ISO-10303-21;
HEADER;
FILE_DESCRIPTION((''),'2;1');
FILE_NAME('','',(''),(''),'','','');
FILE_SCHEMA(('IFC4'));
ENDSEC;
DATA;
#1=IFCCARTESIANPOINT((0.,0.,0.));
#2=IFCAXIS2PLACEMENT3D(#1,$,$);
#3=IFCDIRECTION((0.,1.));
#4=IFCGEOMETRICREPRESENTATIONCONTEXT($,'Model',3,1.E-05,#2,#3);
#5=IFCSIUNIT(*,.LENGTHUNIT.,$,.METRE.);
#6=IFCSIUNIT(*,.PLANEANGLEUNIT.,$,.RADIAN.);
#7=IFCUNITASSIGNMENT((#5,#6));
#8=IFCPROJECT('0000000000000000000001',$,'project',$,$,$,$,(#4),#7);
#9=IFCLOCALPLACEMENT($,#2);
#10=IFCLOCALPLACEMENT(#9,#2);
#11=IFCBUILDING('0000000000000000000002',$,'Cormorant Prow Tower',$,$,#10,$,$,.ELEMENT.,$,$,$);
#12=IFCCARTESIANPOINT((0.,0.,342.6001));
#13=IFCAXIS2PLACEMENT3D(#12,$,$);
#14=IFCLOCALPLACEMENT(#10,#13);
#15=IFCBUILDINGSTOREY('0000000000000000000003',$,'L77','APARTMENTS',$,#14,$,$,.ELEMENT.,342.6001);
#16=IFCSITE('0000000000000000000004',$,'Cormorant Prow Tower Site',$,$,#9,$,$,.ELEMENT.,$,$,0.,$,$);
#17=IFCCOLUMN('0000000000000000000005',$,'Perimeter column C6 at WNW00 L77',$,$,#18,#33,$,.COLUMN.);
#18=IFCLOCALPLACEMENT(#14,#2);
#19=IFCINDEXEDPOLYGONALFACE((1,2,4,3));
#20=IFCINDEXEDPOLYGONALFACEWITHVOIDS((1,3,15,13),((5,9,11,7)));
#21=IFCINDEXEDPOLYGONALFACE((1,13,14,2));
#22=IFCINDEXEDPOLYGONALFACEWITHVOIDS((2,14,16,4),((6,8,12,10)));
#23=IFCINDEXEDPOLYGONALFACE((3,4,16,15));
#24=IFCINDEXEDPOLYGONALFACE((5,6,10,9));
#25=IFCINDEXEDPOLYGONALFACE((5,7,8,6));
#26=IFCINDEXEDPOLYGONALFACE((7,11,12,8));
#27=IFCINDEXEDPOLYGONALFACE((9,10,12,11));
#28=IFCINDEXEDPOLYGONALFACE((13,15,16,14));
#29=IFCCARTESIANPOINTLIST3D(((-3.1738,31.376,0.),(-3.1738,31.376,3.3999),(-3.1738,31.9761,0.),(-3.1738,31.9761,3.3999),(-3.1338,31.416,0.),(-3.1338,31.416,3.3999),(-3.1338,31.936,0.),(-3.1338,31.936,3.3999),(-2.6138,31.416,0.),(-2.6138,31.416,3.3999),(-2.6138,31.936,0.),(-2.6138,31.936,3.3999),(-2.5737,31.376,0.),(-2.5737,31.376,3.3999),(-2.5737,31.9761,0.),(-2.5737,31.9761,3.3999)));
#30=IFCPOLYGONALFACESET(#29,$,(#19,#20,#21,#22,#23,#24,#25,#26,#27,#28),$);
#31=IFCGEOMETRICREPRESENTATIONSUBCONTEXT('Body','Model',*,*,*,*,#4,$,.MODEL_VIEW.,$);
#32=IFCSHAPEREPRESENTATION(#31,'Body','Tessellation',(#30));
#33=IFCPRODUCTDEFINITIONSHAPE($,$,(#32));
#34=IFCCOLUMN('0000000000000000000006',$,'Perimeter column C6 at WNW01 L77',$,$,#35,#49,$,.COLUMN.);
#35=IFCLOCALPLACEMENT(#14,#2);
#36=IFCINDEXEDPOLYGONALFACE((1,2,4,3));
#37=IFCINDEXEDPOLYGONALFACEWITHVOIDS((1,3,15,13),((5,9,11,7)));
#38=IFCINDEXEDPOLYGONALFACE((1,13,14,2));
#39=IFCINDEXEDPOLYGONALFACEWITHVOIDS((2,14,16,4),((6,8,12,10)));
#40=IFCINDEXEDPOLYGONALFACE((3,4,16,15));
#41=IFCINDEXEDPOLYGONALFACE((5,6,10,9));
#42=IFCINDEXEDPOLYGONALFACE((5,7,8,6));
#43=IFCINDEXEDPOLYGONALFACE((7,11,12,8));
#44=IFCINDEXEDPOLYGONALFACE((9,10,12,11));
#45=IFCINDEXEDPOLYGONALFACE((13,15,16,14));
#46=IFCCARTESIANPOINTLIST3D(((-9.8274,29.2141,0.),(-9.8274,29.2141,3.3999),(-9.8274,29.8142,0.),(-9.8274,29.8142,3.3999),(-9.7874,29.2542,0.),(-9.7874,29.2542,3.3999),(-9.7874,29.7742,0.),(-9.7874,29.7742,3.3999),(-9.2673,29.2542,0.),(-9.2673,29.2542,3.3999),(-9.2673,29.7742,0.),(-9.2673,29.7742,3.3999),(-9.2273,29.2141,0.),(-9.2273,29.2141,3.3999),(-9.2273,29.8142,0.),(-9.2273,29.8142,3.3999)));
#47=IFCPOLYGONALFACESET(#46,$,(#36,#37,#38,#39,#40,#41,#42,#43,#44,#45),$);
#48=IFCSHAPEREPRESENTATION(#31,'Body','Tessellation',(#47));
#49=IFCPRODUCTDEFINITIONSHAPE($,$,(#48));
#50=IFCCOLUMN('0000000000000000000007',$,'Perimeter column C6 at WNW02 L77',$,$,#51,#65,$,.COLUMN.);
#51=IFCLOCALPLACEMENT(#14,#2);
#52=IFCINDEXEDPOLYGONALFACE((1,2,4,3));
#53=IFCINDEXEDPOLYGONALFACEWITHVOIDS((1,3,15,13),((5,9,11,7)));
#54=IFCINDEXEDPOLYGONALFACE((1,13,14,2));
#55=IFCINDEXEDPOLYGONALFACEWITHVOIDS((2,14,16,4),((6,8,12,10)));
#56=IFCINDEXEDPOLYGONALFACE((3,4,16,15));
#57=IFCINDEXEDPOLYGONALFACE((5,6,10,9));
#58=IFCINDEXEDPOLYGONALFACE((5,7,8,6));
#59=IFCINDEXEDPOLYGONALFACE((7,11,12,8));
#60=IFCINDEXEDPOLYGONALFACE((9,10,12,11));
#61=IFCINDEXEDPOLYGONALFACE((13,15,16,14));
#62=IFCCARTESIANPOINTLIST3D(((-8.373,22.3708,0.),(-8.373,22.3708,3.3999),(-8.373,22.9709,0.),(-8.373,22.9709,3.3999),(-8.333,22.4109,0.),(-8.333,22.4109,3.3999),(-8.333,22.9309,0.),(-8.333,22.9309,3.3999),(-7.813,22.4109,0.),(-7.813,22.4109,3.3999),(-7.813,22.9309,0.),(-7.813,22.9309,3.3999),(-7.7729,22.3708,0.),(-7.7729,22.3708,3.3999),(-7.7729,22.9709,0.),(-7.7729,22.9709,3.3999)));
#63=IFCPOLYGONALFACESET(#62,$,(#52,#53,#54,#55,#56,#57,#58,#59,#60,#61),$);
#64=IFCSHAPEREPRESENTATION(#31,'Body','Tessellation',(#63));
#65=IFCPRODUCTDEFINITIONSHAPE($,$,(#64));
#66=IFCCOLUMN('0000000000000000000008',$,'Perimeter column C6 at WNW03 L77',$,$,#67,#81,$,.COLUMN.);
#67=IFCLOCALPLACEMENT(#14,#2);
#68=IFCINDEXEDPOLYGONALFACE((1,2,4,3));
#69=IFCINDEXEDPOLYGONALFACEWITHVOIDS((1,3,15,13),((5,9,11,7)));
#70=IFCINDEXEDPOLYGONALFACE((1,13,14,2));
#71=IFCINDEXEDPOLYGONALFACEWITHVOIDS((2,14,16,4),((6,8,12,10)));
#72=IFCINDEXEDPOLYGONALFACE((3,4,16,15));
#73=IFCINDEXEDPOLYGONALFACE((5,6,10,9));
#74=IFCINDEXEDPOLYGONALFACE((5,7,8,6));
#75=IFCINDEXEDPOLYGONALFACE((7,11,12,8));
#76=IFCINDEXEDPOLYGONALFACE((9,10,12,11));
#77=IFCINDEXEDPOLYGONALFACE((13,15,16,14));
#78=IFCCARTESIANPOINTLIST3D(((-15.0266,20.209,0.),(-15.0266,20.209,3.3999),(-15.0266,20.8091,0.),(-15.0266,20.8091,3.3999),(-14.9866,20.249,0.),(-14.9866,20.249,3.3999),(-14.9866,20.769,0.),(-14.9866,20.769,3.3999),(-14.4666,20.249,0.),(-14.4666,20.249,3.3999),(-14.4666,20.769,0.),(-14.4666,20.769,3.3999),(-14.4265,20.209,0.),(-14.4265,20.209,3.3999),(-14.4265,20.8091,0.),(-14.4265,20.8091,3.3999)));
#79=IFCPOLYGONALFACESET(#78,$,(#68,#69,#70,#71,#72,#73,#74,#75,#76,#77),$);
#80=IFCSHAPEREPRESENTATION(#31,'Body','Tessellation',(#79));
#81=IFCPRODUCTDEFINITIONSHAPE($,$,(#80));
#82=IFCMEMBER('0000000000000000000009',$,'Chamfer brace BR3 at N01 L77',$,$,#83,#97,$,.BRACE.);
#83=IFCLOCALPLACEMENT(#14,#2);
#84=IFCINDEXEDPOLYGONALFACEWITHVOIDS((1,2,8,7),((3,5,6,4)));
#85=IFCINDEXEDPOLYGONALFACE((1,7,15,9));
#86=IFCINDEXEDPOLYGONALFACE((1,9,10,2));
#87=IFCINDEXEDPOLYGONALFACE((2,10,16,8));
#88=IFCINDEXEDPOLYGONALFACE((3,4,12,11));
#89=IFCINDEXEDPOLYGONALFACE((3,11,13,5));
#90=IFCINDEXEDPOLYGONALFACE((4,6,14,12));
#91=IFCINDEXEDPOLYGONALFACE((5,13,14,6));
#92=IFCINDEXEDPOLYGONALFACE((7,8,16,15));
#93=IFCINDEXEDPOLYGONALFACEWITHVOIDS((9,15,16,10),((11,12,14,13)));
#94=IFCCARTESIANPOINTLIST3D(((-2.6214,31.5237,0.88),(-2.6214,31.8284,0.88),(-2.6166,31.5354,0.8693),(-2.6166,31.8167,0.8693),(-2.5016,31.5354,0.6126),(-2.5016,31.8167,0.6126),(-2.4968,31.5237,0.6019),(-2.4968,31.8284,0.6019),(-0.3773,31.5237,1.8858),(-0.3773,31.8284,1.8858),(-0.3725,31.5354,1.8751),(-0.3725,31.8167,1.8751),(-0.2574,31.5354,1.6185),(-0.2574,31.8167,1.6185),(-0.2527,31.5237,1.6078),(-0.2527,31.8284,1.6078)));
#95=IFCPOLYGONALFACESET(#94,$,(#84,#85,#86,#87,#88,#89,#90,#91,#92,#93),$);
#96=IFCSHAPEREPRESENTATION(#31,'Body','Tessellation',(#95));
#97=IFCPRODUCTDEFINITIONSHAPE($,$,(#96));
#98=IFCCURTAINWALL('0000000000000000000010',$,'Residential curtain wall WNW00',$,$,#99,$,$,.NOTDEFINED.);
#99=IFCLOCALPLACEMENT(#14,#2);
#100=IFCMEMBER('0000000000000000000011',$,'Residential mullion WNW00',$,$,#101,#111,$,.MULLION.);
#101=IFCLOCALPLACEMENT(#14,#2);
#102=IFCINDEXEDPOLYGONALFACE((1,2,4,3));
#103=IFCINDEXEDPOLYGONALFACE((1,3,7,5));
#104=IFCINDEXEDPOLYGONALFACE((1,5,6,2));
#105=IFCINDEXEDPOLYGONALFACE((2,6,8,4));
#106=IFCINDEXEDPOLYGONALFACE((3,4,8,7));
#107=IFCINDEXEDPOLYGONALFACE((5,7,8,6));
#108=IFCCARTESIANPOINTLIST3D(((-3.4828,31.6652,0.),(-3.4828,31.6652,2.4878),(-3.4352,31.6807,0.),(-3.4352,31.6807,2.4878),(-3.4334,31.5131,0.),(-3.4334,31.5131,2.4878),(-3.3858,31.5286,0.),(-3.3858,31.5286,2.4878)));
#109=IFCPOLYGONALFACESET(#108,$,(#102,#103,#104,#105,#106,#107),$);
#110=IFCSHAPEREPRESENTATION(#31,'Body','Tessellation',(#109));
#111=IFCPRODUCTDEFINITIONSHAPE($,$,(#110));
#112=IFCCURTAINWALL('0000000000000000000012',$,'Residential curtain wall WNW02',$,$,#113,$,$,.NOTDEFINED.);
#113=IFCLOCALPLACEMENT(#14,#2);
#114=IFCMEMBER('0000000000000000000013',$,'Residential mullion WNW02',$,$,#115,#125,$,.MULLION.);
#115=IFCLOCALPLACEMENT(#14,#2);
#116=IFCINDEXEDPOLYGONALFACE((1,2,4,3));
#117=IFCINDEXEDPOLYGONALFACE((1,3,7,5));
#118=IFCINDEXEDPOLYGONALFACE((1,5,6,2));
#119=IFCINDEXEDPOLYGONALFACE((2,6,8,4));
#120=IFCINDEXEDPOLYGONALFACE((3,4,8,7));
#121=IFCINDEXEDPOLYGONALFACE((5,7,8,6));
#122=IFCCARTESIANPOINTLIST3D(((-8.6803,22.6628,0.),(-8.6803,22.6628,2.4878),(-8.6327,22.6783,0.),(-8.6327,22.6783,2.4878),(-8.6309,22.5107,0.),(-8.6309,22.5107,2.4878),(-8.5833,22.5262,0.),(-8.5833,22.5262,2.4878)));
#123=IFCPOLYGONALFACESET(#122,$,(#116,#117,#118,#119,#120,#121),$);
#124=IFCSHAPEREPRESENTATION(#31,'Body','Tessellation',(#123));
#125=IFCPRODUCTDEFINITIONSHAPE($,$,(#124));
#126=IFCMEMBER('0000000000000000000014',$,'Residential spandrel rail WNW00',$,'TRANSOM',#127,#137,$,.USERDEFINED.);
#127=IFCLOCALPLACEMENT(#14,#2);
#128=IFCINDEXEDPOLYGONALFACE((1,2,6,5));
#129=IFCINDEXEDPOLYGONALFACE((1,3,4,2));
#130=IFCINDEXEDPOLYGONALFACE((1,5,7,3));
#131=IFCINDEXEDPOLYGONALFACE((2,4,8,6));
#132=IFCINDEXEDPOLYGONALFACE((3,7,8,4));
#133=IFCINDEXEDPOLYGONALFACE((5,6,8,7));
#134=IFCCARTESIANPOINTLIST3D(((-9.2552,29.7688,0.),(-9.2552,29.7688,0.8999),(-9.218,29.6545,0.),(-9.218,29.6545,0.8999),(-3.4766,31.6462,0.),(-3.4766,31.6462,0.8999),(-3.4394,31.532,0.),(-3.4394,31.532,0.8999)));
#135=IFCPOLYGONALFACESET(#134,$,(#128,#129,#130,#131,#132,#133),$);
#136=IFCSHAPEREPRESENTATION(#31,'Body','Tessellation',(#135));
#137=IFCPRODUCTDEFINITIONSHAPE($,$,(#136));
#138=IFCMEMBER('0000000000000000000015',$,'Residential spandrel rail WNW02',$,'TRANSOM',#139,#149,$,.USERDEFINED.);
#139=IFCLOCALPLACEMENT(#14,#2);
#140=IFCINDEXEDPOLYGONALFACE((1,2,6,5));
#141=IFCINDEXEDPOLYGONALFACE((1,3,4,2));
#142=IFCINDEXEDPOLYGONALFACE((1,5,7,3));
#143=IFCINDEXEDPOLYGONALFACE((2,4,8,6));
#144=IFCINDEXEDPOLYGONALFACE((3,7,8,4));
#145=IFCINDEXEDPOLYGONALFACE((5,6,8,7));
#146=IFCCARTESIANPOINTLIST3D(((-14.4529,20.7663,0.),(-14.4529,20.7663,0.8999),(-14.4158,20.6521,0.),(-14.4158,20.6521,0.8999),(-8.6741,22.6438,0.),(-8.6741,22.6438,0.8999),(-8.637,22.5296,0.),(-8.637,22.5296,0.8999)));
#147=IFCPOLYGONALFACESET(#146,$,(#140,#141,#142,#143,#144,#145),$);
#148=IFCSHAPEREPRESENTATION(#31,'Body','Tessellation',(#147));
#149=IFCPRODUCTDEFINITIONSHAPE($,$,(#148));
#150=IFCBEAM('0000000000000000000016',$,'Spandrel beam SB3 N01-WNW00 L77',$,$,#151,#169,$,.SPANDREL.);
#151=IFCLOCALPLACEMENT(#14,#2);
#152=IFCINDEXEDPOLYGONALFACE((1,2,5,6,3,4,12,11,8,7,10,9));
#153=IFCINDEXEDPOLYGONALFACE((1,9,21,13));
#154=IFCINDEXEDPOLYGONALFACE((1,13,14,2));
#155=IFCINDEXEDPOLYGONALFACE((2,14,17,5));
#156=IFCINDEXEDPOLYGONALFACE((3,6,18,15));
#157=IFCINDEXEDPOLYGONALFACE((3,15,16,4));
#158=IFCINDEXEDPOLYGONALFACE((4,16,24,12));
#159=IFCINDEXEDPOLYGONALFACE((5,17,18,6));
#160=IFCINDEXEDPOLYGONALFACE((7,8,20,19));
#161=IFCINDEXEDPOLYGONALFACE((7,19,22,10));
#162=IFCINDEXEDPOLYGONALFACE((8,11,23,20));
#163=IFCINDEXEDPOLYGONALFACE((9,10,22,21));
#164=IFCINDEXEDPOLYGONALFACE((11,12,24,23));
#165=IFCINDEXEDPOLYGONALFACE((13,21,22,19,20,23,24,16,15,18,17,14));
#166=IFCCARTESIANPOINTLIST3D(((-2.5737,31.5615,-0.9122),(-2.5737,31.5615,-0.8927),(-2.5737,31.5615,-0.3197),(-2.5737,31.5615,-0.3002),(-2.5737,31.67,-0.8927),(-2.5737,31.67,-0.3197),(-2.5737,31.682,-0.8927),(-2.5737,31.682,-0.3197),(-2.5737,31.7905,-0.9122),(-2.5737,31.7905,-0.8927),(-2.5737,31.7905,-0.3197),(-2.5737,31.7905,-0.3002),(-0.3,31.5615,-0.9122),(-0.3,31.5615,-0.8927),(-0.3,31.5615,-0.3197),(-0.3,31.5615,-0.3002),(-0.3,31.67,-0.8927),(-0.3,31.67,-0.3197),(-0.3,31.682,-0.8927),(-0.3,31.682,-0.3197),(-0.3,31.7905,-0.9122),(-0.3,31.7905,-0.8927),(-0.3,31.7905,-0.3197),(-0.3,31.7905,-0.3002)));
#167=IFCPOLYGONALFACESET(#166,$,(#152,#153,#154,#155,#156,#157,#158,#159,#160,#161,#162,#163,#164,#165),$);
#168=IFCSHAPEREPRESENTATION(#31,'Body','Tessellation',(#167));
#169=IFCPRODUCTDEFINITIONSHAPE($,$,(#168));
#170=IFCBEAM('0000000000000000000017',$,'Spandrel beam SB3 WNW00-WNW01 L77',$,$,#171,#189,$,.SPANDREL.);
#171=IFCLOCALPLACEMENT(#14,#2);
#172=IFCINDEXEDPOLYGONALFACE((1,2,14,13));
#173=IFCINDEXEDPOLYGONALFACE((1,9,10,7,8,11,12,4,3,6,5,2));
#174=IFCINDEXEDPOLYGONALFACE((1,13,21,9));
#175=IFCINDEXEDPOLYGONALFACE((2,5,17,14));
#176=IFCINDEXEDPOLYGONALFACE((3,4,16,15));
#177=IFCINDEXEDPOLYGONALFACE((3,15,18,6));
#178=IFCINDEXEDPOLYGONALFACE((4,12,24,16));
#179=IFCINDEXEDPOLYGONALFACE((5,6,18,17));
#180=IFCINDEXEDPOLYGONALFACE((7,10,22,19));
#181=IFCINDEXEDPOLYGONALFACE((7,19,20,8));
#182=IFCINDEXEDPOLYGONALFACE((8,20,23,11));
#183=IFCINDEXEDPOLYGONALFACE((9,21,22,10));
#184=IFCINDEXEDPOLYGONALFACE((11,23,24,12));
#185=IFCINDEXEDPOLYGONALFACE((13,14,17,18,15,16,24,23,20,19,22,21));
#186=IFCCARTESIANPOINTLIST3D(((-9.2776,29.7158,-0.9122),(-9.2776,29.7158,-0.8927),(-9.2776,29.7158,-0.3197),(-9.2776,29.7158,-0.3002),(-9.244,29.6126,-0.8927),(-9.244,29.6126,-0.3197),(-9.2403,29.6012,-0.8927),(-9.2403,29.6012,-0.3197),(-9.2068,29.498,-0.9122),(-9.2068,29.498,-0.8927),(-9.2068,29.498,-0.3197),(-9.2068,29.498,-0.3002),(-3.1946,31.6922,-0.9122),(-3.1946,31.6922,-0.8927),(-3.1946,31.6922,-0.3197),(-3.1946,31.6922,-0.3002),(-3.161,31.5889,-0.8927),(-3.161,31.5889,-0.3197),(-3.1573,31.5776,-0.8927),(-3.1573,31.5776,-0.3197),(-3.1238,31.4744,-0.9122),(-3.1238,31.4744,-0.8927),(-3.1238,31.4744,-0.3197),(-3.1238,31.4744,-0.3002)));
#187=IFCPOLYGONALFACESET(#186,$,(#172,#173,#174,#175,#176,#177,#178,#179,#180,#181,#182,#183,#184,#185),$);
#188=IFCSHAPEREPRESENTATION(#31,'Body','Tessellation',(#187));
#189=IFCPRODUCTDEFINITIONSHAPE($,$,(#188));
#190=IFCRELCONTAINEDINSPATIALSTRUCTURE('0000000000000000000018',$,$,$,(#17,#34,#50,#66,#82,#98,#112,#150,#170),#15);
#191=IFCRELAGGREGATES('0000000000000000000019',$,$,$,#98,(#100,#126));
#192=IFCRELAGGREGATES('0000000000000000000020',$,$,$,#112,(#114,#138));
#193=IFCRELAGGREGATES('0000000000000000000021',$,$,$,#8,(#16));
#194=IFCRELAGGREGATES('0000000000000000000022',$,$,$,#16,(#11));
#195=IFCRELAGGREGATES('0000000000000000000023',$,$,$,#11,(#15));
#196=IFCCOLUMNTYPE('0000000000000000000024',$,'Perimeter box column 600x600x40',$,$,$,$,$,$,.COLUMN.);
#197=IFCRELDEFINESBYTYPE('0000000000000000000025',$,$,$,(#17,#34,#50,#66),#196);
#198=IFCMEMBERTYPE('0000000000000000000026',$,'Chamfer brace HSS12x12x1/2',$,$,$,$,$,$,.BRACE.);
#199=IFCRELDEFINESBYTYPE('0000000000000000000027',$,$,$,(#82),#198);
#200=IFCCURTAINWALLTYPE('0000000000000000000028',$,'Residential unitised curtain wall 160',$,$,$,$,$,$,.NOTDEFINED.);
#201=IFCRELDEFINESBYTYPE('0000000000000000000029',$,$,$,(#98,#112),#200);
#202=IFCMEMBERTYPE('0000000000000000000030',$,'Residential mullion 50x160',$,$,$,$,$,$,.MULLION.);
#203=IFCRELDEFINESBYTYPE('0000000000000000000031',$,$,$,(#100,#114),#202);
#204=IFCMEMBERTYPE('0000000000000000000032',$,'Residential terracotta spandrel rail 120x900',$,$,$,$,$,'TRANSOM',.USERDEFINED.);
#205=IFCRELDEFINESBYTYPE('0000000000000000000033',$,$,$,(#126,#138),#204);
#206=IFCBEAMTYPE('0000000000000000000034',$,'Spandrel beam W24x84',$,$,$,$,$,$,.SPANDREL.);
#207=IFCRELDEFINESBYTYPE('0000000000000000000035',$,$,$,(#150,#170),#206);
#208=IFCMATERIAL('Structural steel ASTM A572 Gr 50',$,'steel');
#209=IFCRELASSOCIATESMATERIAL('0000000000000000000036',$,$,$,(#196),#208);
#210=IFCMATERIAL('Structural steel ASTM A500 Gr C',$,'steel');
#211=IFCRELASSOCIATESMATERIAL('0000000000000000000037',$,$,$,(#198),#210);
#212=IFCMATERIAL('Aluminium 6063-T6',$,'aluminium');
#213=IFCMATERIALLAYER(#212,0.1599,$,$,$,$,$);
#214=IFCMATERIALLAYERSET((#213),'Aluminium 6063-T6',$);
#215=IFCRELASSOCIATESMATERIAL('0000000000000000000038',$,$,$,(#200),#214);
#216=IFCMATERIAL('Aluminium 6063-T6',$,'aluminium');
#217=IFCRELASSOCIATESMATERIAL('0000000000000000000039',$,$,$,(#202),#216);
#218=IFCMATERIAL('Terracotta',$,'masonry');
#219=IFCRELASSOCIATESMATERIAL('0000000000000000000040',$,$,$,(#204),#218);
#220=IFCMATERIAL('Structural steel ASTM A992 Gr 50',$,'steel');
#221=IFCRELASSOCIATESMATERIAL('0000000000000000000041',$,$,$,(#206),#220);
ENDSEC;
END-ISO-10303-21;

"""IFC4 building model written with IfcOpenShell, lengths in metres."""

from ifc_helpers import new_model, si_unit, direction, frame, origin, origin_2d, place, context, subcontext, project, spatial, rectangle, hollow_rectangle, i_section, extrude, material, layer, layer_set, material_profile, profile_set, type_object, element, aggregate, save


model = new_model("IFC4")

# Units and contexts
model_context = context("Model", 3, precision=1e-05, world=origin(), true_north=direction((0.0, 1.0)))
body_context = subcontext(model_context, "Body", "Model", "MODEL_VIEW")
ifc_project = project(units=[si_unit("LENGTHUNIT", "METRE"), si_unit("PLANEANGLEUNIT", "RADIAN")], contexts=[model_context])

# Site, building, storey
site_placement = place(None, origin())
site = spatial("IfcSite", under=ifc_project, at=site_placement, Name="Cormorant Prow Tower Site", CompositionType="ELEMENT", RefElevation=0.0)
building_placement = place(site_placement, origin())
building = spatial("IfcBuilding", under=site, at=building_placement, Name="Cormorant Prow Tower", CompositionType="ELEMENT")
storey_placement = place(building_placement, frame((0.0, 0.0, 342.6001)))
storey = spatial("IfcBuildingStorey", under=building, at=storey_placement, Name="L77", Description="APARTMENTS", CompositionType="ELEMENT", Elevation=342.6001)

# Columns
ifc_material_1 = material(Name="Structural steel ASTM A572 Gr 50", Category="steel")
ifc_material_profile_1 = material_profile(ifc_material_1, hollow_rectangle(XDim=0.6001, YDim=0.6001, WallThickness=0.04, at=origin_2d()), Name="Box 600x600x40")
ifc_profile_set_1 = profile_set([ifc_material_profile_1], Name="Structural steel ASTM A572 Gr 50")
column_type = type_object("IfcColumnType", Name="Perimeter box column 600x600x40", PredefinedType="COLUMN", material=ifc_profile_set_1)
for number, where, z_axis, x_axis, name in (
    (1, (-2.8738, 31.676, 0.0), (0.0, 0.0, 1.0), (1.0, 0.0, 0.0), "Perimeter column C6 at WNW00 L77"),
    (2, (-9.5273, 29.5142, 0.0), (0.0, 0.0, 1.0), (1.0, 0.0, 0.0), "Perimeter column C6 at WNW01 L77"),
    (3, (-8.073, 22.6709, 0.0), (0.0, 0.0, 1.0), (1.0, 0.0, 0.0), "Perimeter column C6 at WNW02 L77"),
    (4, (-14.7266, 20.509, 0.0), (0.0, 0.0, 1.0), (1.0, 0.0, 0.0), "Perimeter column C6 at WNW03 L77"),
):
    element("IfcColumn", number, at=place(storey_placement, frame(where, z_axis=z_axis, x_axis=x_axis)), inside=storey, type_object=column_type, Name=name, PredefinedType="COLUMN", context=body_context, shape_type="SweptSolid", body=[
        extrude(hollow_rectangle(XDim=0.6001, YDim=0.6001, WallThickness=0.04, at=origin_2d()), origin(), (0.0, 0.0, 1.0), 3.3999),
    ])

# Member
ifc_material_2 = material(Name="Structural steel ASTM A500 Gr C", Category="steel")
ifc_material_profile_2 = material_profile(ifc_material_2, hollow_rectangle(XDim=0.3047, YDim=0.3047, WallThickness=0.0117, at=origin_2d()), Name="HSS12x12x1/2")
ifc_profile_set_2 = profile_set([ifc_material_profile_2], Name="Structural steel ASTM A500 Gr C")
member_type_1 = type_object("IfcMemberType", Name="Chamfer brace HSS12x12x1/2", PredefinedType="BRACE", material=ifc_profile_set_2)
member_1_placement = place(storey_placement, frame((-2.5591, 31.676, 0.741), z_axis=(0.91253, 0.0, 0.40901), x_axis=(0.0, 1.0, 0.0)))
element("IfcMember", 5, at=member_1_placement, inside=storey, type_object=member_type_1, Name="Chamfer brace BR3 at N01 L77", PredefinedType="BRACE", context=body_context, shape_type="SweptSolid", body=[
    extrude(hollow_rectangle(XDim=0.3047, YDim=0.3047, WallThickness=0.0117, at=origin_2d()), origin(), (0.0, 0.0, 1.0), 2.4592),
])

# Curtain walls, members
ifc_material_3 = material(Name="Aluminium 6063-T6", Category="aluminium")
ifc_layer_1 = layer(ifc_material_3, 0.1599)
ifc_layer_set_1 = layer_set([ifc_layer_1], Name="Aluminium 6063-T6")
curtain_wall_type = type_object("IfcCurtainWallType", Name="Residential unitised curtain wall 160", PredefinedType="NOTDEFINED", material=ifc_layer_set_1)
curtain_wall_1_placement = place(storey_placement, origin())
curtain_wall_1 = element("IfcCurtainWall", 6, at=curtain_wall_1_placement, inside=storey, type_object=curtain_wall_type, Name="Residential curtain wall WNW00", PredefinedType="NOTDEFINED")
ifc_material_4 = material(Name="Aluminium 6063-T6", Category="aluminium")
ifc_material_profile_3 = material_profile(ifc_material_4, rectangle(XDim=0.1599, YDim=0.05, at=origin_2d()), Name="Residential mullion 50x160")
ifc_profile_set_3 = profile_set([ifc_material_profile_3], Name="Aluminium 6063-T6")
member_type_2 = type_object("IfcMemberType", Name="Residential mullion 50x160", PredefinedType="MULLION", material=ifc_profile_set_3)
member_2_placement = place(storey_placement, frame((-3.4343, 31.5969, 0.0), z_axis=(0.0, 0.0, 1.0), x_axis=(0.309017, -0.951056, 0.0)))
member_2 = element("IfcMember", 7, at=member_2_placement, type_object=member_type_2, Name="Residential mullion WNW00", PredefinedType="MULLION", context=body_context, shape_type="SweptSolid", body=[
    extrude(rectangle(XDim=0.1599, YDim=0.05, at=origin_2d()), origin(), (0.0, 0.0, 1.0), 2.4878),
])
curtain_wall_2_placement = place(storey_placement, origin())
curtain_wall_2 = element("IfcCurtainWall", 8, at=curtain_wall_2_placement, inside=storey, type_object=curtain_wall_type, Name="Residential curtain wall WNW02", PredefinedType="NOTDEFINED")
member_3_placement = place(storey_placement, frame((-8.6318, 22.5945, 0.0), z_axis=(0.0, 0.0, 1.0), x_axis=(0.309017, -0.951056, 0.0)))
member_3 = element("IfcMember", 9, at=member_3_placement, type_object=member_type_2, Name="Residential mullion WNW02", PredefinedType="MULLION", context=body_context, shape_type="SweptSolid", body=[
    extrude(rectangle(XDim=0.1599, YDim=0.05, at=origin_2d()), origin(), (0.0, 0.0, 1.0), 2.4878),
])

# Members
ifc_material_5 = material(Name="Terracotta", Category="masonry")
ifc_material_profile_4 = material_profile(ifc_material_5, rectangle(XDim=0.1201, YDim=0.8999, at=origin_2d()), Name="Residential terracotta spandrel rail 120x900")
ifc_profile_set_4 = profile_set([ifc_material_profile_4], Name="Terracotta")
member_type_3 = type_object("IfcMemberType", Name="Residential terracotta spandrel rail 120x900", ElementType="TRANSOM", PredefinedType="USERDEFINED", material=ifc_profile_set_4)
member_4_placement = place(storey_placement, frame((-3.458, 31.5891, 0.45), z_axis=(-0.951063, -0.308998, 0.0), x_axis=(0.308998, -0.951063, 0.0)))
member_4 = element("IfcMember", 10, at=member_4_placement, type_object=member_type_3, Name="Residential spandrel rail WNW00", ObjectType="TRANSOM", PredefinedType="USERDEFINED", context=body_context, shape_type="SweptSolid", body=[
    extrude(rectangle(XDim=0.1201, YDim=0.8999, at=origin_2d()), origin(), (0.0, 0.0, 1.0), 6.0759),
])
member_5_placement = place(storey_placement, frame((-8.6555, 22.5867, 0.45), z_axis=(-0.951067, -0.308986, 0.0), x_axis=(0.308986, -0.951067, 0.0)))
member_5 = element("IfcMember", 11, at=member_5_placement, type_object=member_type_3, Name="Residential spandrel rail WNW02", ObjectType="TRANSOM", PredefinedType="USERDEFINED", context=body_context, shape_type="SweptSolid", body=[
    extrude(rectangle(XDim=0.1201, YDim=0.8999, at=origin_2d()), origin(), (0.0, 0.0, 1.0), 6.0762),
])

# Beams
ifc_material_6 = material(Name="Structural steel ASTM A992 Gr 50", Category="steel")
ifc_material_profile_5 = material_profile(ifc_material_6, i_section(OverallWidth=0.229, OverallDepth=0.6121, WebThickness=0.012, FlangeThickness=0.0195, at=origin_2d()), Name="W24x84")
ifc_profile_set_5 = profile_set([ifc_material_profile_5], Name="Structural steel ASTM A992 Gr 50")
beam_type = type_object("IfcBeamType", Name="Spandrel beam W24x84", PredefinedType="SPANDREL", material=ifc_profile_set_5)
beam_1_placement = place(storey_placement, frame((-0.3, 31.676, -0.6062), z_axis=(-1.0, 0.0, 0.0), x_axis=(0.0, -1.0, 0.0)))
element("IfcBeam", 12, at=beam_1_placement, inside=storey, type_object=beam_type, Name="Spandrel beam SB3 N01-WNW00 L77", PredefinedType="SPANDREL", context=body_context, shape_type="SweptSolid", body=[
    extrude(i_section(OverallWidth=0.229, OverallDepth=0.6121, WebThickness=0.012, FlangeThickness=0.0195, at=origin_2d()), origin(), (0.0, 0.0, 1.0), 2.2737),
])
beam_2_placement = place(storey_placement, frame((-3.1592, 31.5833, -0.6062), z_axis=(-0.951064, -0.308993, 0.0), x_axis=(0.308993, -0.951064, 0.0)))
element("IfcBeam", 13, at=beam_2_placement, inside=storey, type_object=beam_type, Name="Spandrel beam SB3 WNW00-WNW01 L77", PredefinedType="SPANDREL", context=body_context, shape_type="SweptSolid", body=[
    extrude(i_section(OverallWidth=0.229, OverallDepth=0.6121, WebThickness=0.012, FlangeThickness=0.0195, at=origin_2d()), origin(), (0.0, 0.0, 1.0), 6.396),
])

aggregate(curtain_wall_1, [member_2, member_4])
aggregate(curtain_wall_2, [member_3, member_5])

save(model, "model.ifc")
